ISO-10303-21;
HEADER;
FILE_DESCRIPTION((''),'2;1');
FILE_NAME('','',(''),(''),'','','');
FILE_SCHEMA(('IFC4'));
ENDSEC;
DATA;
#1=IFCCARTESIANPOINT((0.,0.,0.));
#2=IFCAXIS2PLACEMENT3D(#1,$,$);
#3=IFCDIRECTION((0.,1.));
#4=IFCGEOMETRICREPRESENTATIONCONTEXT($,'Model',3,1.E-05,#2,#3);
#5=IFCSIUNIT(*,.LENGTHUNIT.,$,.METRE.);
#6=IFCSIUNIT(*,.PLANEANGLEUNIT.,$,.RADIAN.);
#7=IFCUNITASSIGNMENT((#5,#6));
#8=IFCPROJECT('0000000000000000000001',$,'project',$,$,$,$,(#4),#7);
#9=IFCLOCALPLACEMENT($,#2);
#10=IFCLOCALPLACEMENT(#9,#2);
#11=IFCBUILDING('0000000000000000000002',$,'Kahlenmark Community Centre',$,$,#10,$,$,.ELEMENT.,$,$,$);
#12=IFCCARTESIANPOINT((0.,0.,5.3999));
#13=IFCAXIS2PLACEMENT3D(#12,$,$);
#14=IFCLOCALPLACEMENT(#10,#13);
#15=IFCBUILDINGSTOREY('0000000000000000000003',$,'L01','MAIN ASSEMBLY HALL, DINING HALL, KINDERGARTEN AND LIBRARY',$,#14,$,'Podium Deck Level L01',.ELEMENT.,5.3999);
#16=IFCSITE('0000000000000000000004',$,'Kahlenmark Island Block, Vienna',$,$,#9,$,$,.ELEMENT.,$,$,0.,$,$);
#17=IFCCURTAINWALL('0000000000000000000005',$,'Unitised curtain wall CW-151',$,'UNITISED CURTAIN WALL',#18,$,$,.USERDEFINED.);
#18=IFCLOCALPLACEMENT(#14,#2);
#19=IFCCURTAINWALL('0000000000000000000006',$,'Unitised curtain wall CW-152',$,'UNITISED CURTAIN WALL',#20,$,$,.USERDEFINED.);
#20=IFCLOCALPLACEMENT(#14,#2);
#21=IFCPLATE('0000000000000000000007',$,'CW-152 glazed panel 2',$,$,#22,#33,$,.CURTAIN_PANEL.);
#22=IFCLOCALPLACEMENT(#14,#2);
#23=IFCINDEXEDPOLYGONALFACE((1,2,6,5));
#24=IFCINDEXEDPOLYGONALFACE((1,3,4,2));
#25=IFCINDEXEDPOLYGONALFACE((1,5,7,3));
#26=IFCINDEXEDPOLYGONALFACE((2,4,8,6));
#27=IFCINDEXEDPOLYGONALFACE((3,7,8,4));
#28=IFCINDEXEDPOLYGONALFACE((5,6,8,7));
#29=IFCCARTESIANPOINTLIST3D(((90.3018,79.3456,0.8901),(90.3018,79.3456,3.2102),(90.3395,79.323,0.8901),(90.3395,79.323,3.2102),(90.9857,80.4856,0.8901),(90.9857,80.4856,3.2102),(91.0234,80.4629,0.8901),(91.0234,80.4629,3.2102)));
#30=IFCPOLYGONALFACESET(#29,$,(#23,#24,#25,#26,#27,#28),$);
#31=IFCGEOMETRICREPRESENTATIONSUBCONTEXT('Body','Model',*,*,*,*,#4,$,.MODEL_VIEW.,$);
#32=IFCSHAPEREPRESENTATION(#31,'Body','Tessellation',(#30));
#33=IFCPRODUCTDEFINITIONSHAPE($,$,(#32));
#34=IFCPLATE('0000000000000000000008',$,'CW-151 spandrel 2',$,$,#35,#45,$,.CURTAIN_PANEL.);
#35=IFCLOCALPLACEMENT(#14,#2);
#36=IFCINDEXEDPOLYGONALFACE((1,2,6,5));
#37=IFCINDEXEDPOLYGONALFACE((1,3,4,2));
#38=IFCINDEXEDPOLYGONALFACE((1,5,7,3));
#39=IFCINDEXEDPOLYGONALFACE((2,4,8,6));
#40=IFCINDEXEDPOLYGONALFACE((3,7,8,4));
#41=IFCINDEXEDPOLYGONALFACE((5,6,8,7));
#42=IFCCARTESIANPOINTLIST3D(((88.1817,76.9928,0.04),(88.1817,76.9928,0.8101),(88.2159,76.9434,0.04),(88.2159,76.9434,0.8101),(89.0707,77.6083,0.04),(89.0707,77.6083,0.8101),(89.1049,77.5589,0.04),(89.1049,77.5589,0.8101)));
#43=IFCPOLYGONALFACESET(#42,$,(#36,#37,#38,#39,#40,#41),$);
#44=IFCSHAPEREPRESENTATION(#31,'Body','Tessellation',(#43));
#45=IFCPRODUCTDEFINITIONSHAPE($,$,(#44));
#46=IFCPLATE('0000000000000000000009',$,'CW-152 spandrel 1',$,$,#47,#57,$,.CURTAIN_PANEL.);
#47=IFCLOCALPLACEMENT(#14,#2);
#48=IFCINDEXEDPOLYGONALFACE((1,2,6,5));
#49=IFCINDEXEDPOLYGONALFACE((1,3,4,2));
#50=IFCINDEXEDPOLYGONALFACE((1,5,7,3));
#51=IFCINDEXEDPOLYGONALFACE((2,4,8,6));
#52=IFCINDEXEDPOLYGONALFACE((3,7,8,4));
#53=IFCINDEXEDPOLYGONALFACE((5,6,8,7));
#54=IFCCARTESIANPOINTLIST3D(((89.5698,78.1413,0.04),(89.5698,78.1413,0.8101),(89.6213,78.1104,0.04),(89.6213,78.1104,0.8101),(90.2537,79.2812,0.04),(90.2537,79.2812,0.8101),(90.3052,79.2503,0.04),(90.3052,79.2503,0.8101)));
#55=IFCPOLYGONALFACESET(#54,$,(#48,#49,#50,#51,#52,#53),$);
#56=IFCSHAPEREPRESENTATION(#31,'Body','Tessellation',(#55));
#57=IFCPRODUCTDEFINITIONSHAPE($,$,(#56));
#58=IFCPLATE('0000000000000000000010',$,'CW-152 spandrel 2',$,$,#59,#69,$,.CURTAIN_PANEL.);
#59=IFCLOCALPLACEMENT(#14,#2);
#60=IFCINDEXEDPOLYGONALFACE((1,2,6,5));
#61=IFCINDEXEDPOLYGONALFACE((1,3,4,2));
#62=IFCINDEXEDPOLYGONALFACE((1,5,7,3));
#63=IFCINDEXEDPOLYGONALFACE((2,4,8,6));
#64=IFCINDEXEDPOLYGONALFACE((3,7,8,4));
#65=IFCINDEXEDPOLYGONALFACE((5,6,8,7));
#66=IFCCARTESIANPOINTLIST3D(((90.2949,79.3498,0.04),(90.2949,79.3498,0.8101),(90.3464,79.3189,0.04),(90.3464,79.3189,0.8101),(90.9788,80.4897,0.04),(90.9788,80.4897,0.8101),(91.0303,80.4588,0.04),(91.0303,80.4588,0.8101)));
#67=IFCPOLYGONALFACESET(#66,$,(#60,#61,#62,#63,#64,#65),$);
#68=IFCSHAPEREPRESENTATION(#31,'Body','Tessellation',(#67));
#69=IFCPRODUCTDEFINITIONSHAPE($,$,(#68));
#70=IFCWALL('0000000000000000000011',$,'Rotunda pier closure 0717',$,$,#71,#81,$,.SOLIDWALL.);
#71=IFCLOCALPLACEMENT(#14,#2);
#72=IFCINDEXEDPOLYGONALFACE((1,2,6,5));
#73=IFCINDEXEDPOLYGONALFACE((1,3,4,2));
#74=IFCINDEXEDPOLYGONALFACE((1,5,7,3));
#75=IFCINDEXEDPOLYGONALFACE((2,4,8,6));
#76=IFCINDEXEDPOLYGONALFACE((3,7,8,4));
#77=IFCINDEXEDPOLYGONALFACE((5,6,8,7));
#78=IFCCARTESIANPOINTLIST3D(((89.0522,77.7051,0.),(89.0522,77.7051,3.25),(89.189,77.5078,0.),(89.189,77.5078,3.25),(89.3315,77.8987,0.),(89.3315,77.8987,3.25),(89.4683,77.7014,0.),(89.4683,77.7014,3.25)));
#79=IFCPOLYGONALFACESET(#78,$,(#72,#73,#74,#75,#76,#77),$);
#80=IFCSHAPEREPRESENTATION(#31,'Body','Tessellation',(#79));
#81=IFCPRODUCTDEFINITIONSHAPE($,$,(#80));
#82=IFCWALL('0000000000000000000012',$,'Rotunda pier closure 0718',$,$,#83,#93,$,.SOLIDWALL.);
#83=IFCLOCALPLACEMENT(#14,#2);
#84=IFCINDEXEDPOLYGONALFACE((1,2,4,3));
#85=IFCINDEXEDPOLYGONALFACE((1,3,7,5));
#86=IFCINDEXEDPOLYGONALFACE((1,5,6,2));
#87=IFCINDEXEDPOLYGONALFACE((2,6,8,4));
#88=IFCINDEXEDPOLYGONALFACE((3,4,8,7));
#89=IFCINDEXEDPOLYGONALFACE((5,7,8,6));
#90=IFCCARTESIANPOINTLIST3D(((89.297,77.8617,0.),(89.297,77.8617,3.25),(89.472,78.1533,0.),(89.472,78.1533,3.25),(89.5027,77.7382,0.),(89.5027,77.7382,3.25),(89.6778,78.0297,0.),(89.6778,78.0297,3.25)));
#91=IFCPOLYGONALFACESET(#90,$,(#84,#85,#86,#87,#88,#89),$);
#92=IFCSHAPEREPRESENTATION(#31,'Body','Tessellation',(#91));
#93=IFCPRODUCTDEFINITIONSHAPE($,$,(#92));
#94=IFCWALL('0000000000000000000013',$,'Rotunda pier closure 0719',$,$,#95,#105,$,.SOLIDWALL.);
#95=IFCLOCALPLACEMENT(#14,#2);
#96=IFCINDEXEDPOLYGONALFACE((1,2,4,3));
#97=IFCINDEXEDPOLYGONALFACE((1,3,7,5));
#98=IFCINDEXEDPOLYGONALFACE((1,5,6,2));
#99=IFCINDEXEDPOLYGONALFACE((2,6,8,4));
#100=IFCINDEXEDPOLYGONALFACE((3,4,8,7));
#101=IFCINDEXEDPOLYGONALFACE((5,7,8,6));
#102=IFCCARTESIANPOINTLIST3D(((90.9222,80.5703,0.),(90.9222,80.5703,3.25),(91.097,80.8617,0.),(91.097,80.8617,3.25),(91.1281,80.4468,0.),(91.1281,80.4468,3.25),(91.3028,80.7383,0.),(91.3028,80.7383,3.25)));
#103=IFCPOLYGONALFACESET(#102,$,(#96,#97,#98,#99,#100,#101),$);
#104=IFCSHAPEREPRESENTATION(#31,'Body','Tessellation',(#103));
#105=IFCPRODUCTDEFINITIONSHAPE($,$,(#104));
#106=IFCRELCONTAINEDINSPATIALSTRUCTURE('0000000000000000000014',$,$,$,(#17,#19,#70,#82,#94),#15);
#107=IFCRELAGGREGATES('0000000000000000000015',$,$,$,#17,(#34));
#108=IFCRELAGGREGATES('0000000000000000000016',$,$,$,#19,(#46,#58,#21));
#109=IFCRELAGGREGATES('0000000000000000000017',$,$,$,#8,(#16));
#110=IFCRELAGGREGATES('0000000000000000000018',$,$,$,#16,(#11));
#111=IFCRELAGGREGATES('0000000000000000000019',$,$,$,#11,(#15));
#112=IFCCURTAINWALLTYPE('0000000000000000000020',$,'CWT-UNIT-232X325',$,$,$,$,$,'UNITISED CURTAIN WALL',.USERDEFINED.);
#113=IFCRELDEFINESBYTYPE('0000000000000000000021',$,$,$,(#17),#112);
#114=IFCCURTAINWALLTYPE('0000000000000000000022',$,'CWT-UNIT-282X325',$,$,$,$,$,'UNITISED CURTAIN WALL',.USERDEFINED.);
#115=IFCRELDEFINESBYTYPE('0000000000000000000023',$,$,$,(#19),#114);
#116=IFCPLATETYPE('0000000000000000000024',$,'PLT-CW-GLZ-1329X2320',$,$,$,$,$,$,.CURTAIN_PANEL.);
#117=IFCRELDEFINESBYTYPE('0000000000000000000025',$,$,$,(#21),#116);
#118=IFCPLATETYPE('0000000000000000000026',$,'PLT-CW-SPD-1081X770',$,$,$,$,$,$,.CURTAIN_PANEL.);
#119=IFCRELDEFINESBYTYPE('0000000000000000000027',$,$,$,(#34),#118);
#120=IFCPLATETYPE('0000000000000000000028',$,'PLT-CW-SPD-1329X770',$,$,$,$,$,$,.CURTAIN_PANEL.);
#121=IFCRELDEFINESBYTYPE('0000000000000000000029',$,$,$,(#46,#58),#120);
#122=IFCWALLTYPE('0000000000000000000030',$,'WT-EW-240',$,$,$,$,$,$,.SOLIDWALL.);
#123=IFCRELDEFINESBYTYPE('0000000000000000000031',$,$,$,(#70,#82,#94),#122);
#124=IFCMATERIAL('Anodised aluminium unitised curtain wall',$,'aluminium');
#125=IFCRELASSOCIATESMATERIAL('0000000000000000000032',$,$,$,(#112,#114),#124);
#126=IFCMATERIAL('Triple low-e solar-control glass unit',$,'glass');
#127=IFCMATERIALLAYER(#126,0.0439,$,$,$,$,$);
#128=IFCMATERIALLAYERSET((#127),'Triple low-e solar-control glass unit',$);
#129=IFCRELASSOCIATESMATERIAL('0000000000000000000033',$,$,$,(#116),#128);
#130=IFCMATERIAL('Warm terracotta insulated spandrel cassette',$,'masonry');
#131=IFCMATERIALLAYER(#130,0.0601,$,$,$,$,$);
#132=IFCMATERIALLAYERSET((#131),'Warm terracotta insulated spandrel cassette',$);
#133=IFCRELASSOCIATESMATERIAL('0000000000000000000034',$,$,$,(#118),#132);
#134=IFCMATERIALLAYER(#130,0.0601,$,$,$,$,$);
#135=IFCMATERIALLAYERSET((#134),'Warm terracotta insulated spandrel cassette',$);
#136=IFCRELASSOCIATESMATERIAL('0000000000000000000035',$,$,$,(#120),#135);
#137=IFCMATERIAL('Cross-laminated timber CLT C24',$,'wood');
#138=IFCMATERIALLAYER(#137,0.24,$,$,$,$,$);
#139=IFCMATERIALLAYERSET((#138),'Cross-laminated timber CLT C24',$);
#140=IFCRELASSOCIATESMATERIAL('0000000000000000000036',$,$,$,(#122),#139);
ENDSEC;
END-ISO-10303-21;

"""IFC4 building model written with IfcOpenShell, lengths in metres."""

from ifc_helpers import new_model, si_unit, direction, frame, frame_2d, origin, origin_2d, place, context, subcontext, project, spatial, rectangle, extrude, material, layer, layer_set, type_object, element, aggregate, save


model = new_model("IFC4")

# Units and contexts
model_context = context("Model", 3, precision=1e-05, world=origin(), true_north=direction((0.0, 1.0)))
body_context = subcontext(model_context, "Body", "Model", "MODEL_VIEW")
ifc_project = project(units=[si_unit("LENGTHUNIT", "METRE"), si_unit("PLANEANGLEUNIT", "RADIAN")], contexts=[model_context])

# Site, building, storey
site_placement = place(None, origin())
site = spatial("IfcSite", under=ifc_project, at=site_placement, Name="Kahlenmark Island Block, Vienna", CompositionType="ELEMENT", RefElevation=0.0)
building_placement = place(site_placement, origin())
building = spatial("IfcBuilding", under=site, at=building_placement, Name="Kahlenmark Community Centre", CompositionType="ELEMENT")
storey_placement = place(building_placement, frame((0.0, 0.0, 5.3999)))
storey = spatial("IfcBuildingStorey", under=building, at=storey_placement, Name="L01", Description="MAIN ASSEMBLY HALL, DINING HALL, KINDERGARTEN AND LIBRARY", LongName="Podium Deck Level L01", CompositionType="ELEMENT", Elevation=5.3999)

# Curtain walls
ifc_material_1 = material(Name="Anodised aluminium unitised curtain wall", Category="aluminium")
curtain_wall_type_1 = type_object("IfcCurtainWallType", Name="CWT-UNIT-232X325", ElementType="UNITISED CURTAIN WALL", PredefinedType="USERDEFINED", material=ifc_material_1)
curtain_wall_1_placement = place(storey_placement, origin())
curtain_wall_1 = element("IfcCurtainWall", 1, at=curtain_wall_1_placement, inside=storey, type_object=curtain_wall_type_1, Name="Unitised curtain wall CW-151", ObjectType="UNITISED CURTAIN WALL", PredefinedType="USERDEFINED")
curtain_wall_type_2 = type_object("IfcCurtainWallType", Name="CWT-UNIT-282X325", ElementType="UNITISED CURTAIN WALL", PredefinedType="USERDEFINED", material=ifc_material_1)
curtain_wall_2_placement = place(storey_placement, origin())
curtain_wall_2 = element("IfcCurtainWall", 2, at=curtain_wall_2_placement, inside=storey, type_object=curtain_wall_type_2, Name="Unitised curtain wall CW-152", ObjectType="UNITISED CURTAIN WALL", PredefinedType="USERDEFINED")

# Plates
ifc_material_2 = material(Name="Triple low-e solar-control glass unit", Category="glass")
ifc_layer_1 = layer(ifc_material_2, 0.0439)
ifc_layer_set_1 = layer_set([ifc_layer_1], Name="Triple low-e solar-control glass unit")
plate_type_1 = type_object("IfcPlateType", Name="PLT-CW-GLZ-1329X2320", PredefinedType="CURTAIN_PANEL", material=ifc_layer_set_1)
plate_1_placement = place(storey_placement, frame((90.6626, 79.9043, 0.8901), z_axis=(0.0, 0.0, 1.0), x_axis=(0.514496, 0.857493, 0.0)))
plate_1 = element("IfcPlate", 3, at=plate_1_placement, type_object=plate_type_1, Name="CW-152 glazed panel 2", PredefinedType="CURTAIN_PANEL", context=body_context, shape_type="SweptSolid", body=[
    extrude(rectangle(XDim=1.3293, YDim=0.0439, at=origin_2d()), origin(), (0.0, 0.0, 1.0), 2.3201),
])
ifc_material_3 = material(Name="Warm terracotta insulated spandrel cassette", Category="masonry")
ifc_layer_2 = layer(ifc_material_3, 0.0601)
ifc_layer_set_2 = layer_set([ifc_layer_2], Name="Warm terracotta insulated spandrel cassette")
plate_type_2 = type_object("IfcPlateType", Name="PLT-CW-SPD-1081X770", PredefinedType="CURTAIN_PANEL", material=ifc_layer_set_2)
plate_2_placement = place(storey_placement, frame((88.6433, 77.2759, 0.04), z_axis=(0.0, 0.0, 1.0), x_axis=(0.822191, 0.569212, 0.0)))
plate_2 = element("IfcPlate", 4, at=plate_2_placement, type_object=plate_type_2, Name="CW-151 spandrel 2", PredefinedType="CURTAIN_PANEL", context=body_context, shape_type="SweptSolid", body=[
    extrude(rectangle(XDim=1.0813, YDim=0.0601, at=origin_2d()), origin(), (0.0, 0.0, 1.0), 0.77),
])
aggregate(curtain_wall_1, [plate_2])
ifc_layer_3 = layer(ifc_material_3, 0.0601)
ifc_layer_set_3 = layer_set([ifc_layer_3], Name="Warm terracotta insulated spandrel cassette")
plate_type_3 = type_object("IfcPlateType", Name="PLT-CW-SPD-1329X770", PredefinedType="CURTAIN_PANEL", material=ifc_layer_set_3)
plate_3_placement = place(storey_placement, frame((89.9375, 78.6958, 0.04), z_axis=(0.0, 0.0, 1.0), x_axis=(0.514496, 0.857493, 0.0)))
plate_3 = element("IfcPlate", 5, at=plate_3_placement, type_object=plate_type_3, Name="CW-152 spandrel 1", PredefinedType="CURTAIN_PANEL", context=body_context, shape_type="SweptSolid", body=[
    extrude(rectangle(XDim=1.3293, YDim=0.0601, at=origin_2d()), origin(), (0.0, 0.0, 1.0), 0.77),
])
plate_4_placement = place(storey_placement, frame((90.6626, 79.9043, 0.04), z_axis=(0.0, 0.0, 1.0), x_axis=(0.514496, 0.857493, 0.0)))
plate_4 = element("IfcPlate", 6, at=plate_4_placement, type_object=plate_type_3, Name="CW-152 spandrel 2", PredefinedType="CURTAIN_PANEL", context=body_context, shape_type="SweptSolid", body=[
    extrude(rectangle(XDim=1.3293, YDim=0.0601, at=origin_2d()), origin(), (0.0, 0.0, 1.0), 0.77),
])
aggregate(curtain_wall_2, [plate_3, plate_4, plate_1])

# Walls
ifc_material_4 = material(Name="Cross-laminated timber CLT C24", Category="wood")
ifc_layer_4 = layer(ifc_material_4, 0.24)
ifc_layer_set_4 = layer_set([ifc_layer_4], Name="Cross-laminated timber CLT C24")
wall_type = type_object("IfcWallType", Name="WT-EW-240", PredefinedType="SOLIDWALL", material=ifc_layer_set_4)
wall_1_placement = place(storey_placement, frame((89.1206, 77.6064, 0.0), z_axis=(0.0, 0.0, 1.0), x_axis=(0.821856, 0.569696, 0.0)))
element("IfcWall", 7, at=wall_1_placement, inside=storey, type_object=wall_type, Name="Rotunda pier closure 0717", PredefinedType="SOLIDWALL", context=body_context, shape_type="SweptSolid", body=[
    extrude(rectangle(XDim=0.3398, YDim=0.24, at=frame_2d((0.1699, 0.0))), origin(), (0.0, 0.0, 1.0), 3.25),
])
wall_2_placement = place(storey_placement, frame((89.3999, 77.8, 0.0), z_axis=(0.0, 0.0, 1.0), x_axis=(0.514812, 0.857303, 0.0)))
element("IfcWall", 8, at=wall_2_placement, inside=storey, type_object=wall_type, Name="Rotunda pier closure 0718", PredefinedType="SOLIDWALL", context=body_context, shape_type="SweptSolid", body=[
    extrude(rectangle(XDim=0.3401, YDim=0.24, at=frame_2d((0.1699, 0.0))), origin(), (0.0, 0.0, 1.0), 3.25),
])
wall_3_placement = place(storey_placement, frame((91.0251, 80.5085, 0.0), z_axis=(0.0, 0.0, 1.0), x_axis=(0.514284, 0.85762, 0.0)))
element("IfcWall", 9, at=wall_3_placement, inside=storey, type_object=wall_type, Name="Rotunda pier closure 0719", PredefinedType="SOLIDWALL", context=body_context, shape_type="SweptSolid", body=[
    extrude(rectangle(XDim=0.3398, YDim=0.24, at=frame_2d((0.1699, 0.0))), origin(), (0.0, 0.0, 1.0), 3.25),
])

save(model, "model.ifc")
